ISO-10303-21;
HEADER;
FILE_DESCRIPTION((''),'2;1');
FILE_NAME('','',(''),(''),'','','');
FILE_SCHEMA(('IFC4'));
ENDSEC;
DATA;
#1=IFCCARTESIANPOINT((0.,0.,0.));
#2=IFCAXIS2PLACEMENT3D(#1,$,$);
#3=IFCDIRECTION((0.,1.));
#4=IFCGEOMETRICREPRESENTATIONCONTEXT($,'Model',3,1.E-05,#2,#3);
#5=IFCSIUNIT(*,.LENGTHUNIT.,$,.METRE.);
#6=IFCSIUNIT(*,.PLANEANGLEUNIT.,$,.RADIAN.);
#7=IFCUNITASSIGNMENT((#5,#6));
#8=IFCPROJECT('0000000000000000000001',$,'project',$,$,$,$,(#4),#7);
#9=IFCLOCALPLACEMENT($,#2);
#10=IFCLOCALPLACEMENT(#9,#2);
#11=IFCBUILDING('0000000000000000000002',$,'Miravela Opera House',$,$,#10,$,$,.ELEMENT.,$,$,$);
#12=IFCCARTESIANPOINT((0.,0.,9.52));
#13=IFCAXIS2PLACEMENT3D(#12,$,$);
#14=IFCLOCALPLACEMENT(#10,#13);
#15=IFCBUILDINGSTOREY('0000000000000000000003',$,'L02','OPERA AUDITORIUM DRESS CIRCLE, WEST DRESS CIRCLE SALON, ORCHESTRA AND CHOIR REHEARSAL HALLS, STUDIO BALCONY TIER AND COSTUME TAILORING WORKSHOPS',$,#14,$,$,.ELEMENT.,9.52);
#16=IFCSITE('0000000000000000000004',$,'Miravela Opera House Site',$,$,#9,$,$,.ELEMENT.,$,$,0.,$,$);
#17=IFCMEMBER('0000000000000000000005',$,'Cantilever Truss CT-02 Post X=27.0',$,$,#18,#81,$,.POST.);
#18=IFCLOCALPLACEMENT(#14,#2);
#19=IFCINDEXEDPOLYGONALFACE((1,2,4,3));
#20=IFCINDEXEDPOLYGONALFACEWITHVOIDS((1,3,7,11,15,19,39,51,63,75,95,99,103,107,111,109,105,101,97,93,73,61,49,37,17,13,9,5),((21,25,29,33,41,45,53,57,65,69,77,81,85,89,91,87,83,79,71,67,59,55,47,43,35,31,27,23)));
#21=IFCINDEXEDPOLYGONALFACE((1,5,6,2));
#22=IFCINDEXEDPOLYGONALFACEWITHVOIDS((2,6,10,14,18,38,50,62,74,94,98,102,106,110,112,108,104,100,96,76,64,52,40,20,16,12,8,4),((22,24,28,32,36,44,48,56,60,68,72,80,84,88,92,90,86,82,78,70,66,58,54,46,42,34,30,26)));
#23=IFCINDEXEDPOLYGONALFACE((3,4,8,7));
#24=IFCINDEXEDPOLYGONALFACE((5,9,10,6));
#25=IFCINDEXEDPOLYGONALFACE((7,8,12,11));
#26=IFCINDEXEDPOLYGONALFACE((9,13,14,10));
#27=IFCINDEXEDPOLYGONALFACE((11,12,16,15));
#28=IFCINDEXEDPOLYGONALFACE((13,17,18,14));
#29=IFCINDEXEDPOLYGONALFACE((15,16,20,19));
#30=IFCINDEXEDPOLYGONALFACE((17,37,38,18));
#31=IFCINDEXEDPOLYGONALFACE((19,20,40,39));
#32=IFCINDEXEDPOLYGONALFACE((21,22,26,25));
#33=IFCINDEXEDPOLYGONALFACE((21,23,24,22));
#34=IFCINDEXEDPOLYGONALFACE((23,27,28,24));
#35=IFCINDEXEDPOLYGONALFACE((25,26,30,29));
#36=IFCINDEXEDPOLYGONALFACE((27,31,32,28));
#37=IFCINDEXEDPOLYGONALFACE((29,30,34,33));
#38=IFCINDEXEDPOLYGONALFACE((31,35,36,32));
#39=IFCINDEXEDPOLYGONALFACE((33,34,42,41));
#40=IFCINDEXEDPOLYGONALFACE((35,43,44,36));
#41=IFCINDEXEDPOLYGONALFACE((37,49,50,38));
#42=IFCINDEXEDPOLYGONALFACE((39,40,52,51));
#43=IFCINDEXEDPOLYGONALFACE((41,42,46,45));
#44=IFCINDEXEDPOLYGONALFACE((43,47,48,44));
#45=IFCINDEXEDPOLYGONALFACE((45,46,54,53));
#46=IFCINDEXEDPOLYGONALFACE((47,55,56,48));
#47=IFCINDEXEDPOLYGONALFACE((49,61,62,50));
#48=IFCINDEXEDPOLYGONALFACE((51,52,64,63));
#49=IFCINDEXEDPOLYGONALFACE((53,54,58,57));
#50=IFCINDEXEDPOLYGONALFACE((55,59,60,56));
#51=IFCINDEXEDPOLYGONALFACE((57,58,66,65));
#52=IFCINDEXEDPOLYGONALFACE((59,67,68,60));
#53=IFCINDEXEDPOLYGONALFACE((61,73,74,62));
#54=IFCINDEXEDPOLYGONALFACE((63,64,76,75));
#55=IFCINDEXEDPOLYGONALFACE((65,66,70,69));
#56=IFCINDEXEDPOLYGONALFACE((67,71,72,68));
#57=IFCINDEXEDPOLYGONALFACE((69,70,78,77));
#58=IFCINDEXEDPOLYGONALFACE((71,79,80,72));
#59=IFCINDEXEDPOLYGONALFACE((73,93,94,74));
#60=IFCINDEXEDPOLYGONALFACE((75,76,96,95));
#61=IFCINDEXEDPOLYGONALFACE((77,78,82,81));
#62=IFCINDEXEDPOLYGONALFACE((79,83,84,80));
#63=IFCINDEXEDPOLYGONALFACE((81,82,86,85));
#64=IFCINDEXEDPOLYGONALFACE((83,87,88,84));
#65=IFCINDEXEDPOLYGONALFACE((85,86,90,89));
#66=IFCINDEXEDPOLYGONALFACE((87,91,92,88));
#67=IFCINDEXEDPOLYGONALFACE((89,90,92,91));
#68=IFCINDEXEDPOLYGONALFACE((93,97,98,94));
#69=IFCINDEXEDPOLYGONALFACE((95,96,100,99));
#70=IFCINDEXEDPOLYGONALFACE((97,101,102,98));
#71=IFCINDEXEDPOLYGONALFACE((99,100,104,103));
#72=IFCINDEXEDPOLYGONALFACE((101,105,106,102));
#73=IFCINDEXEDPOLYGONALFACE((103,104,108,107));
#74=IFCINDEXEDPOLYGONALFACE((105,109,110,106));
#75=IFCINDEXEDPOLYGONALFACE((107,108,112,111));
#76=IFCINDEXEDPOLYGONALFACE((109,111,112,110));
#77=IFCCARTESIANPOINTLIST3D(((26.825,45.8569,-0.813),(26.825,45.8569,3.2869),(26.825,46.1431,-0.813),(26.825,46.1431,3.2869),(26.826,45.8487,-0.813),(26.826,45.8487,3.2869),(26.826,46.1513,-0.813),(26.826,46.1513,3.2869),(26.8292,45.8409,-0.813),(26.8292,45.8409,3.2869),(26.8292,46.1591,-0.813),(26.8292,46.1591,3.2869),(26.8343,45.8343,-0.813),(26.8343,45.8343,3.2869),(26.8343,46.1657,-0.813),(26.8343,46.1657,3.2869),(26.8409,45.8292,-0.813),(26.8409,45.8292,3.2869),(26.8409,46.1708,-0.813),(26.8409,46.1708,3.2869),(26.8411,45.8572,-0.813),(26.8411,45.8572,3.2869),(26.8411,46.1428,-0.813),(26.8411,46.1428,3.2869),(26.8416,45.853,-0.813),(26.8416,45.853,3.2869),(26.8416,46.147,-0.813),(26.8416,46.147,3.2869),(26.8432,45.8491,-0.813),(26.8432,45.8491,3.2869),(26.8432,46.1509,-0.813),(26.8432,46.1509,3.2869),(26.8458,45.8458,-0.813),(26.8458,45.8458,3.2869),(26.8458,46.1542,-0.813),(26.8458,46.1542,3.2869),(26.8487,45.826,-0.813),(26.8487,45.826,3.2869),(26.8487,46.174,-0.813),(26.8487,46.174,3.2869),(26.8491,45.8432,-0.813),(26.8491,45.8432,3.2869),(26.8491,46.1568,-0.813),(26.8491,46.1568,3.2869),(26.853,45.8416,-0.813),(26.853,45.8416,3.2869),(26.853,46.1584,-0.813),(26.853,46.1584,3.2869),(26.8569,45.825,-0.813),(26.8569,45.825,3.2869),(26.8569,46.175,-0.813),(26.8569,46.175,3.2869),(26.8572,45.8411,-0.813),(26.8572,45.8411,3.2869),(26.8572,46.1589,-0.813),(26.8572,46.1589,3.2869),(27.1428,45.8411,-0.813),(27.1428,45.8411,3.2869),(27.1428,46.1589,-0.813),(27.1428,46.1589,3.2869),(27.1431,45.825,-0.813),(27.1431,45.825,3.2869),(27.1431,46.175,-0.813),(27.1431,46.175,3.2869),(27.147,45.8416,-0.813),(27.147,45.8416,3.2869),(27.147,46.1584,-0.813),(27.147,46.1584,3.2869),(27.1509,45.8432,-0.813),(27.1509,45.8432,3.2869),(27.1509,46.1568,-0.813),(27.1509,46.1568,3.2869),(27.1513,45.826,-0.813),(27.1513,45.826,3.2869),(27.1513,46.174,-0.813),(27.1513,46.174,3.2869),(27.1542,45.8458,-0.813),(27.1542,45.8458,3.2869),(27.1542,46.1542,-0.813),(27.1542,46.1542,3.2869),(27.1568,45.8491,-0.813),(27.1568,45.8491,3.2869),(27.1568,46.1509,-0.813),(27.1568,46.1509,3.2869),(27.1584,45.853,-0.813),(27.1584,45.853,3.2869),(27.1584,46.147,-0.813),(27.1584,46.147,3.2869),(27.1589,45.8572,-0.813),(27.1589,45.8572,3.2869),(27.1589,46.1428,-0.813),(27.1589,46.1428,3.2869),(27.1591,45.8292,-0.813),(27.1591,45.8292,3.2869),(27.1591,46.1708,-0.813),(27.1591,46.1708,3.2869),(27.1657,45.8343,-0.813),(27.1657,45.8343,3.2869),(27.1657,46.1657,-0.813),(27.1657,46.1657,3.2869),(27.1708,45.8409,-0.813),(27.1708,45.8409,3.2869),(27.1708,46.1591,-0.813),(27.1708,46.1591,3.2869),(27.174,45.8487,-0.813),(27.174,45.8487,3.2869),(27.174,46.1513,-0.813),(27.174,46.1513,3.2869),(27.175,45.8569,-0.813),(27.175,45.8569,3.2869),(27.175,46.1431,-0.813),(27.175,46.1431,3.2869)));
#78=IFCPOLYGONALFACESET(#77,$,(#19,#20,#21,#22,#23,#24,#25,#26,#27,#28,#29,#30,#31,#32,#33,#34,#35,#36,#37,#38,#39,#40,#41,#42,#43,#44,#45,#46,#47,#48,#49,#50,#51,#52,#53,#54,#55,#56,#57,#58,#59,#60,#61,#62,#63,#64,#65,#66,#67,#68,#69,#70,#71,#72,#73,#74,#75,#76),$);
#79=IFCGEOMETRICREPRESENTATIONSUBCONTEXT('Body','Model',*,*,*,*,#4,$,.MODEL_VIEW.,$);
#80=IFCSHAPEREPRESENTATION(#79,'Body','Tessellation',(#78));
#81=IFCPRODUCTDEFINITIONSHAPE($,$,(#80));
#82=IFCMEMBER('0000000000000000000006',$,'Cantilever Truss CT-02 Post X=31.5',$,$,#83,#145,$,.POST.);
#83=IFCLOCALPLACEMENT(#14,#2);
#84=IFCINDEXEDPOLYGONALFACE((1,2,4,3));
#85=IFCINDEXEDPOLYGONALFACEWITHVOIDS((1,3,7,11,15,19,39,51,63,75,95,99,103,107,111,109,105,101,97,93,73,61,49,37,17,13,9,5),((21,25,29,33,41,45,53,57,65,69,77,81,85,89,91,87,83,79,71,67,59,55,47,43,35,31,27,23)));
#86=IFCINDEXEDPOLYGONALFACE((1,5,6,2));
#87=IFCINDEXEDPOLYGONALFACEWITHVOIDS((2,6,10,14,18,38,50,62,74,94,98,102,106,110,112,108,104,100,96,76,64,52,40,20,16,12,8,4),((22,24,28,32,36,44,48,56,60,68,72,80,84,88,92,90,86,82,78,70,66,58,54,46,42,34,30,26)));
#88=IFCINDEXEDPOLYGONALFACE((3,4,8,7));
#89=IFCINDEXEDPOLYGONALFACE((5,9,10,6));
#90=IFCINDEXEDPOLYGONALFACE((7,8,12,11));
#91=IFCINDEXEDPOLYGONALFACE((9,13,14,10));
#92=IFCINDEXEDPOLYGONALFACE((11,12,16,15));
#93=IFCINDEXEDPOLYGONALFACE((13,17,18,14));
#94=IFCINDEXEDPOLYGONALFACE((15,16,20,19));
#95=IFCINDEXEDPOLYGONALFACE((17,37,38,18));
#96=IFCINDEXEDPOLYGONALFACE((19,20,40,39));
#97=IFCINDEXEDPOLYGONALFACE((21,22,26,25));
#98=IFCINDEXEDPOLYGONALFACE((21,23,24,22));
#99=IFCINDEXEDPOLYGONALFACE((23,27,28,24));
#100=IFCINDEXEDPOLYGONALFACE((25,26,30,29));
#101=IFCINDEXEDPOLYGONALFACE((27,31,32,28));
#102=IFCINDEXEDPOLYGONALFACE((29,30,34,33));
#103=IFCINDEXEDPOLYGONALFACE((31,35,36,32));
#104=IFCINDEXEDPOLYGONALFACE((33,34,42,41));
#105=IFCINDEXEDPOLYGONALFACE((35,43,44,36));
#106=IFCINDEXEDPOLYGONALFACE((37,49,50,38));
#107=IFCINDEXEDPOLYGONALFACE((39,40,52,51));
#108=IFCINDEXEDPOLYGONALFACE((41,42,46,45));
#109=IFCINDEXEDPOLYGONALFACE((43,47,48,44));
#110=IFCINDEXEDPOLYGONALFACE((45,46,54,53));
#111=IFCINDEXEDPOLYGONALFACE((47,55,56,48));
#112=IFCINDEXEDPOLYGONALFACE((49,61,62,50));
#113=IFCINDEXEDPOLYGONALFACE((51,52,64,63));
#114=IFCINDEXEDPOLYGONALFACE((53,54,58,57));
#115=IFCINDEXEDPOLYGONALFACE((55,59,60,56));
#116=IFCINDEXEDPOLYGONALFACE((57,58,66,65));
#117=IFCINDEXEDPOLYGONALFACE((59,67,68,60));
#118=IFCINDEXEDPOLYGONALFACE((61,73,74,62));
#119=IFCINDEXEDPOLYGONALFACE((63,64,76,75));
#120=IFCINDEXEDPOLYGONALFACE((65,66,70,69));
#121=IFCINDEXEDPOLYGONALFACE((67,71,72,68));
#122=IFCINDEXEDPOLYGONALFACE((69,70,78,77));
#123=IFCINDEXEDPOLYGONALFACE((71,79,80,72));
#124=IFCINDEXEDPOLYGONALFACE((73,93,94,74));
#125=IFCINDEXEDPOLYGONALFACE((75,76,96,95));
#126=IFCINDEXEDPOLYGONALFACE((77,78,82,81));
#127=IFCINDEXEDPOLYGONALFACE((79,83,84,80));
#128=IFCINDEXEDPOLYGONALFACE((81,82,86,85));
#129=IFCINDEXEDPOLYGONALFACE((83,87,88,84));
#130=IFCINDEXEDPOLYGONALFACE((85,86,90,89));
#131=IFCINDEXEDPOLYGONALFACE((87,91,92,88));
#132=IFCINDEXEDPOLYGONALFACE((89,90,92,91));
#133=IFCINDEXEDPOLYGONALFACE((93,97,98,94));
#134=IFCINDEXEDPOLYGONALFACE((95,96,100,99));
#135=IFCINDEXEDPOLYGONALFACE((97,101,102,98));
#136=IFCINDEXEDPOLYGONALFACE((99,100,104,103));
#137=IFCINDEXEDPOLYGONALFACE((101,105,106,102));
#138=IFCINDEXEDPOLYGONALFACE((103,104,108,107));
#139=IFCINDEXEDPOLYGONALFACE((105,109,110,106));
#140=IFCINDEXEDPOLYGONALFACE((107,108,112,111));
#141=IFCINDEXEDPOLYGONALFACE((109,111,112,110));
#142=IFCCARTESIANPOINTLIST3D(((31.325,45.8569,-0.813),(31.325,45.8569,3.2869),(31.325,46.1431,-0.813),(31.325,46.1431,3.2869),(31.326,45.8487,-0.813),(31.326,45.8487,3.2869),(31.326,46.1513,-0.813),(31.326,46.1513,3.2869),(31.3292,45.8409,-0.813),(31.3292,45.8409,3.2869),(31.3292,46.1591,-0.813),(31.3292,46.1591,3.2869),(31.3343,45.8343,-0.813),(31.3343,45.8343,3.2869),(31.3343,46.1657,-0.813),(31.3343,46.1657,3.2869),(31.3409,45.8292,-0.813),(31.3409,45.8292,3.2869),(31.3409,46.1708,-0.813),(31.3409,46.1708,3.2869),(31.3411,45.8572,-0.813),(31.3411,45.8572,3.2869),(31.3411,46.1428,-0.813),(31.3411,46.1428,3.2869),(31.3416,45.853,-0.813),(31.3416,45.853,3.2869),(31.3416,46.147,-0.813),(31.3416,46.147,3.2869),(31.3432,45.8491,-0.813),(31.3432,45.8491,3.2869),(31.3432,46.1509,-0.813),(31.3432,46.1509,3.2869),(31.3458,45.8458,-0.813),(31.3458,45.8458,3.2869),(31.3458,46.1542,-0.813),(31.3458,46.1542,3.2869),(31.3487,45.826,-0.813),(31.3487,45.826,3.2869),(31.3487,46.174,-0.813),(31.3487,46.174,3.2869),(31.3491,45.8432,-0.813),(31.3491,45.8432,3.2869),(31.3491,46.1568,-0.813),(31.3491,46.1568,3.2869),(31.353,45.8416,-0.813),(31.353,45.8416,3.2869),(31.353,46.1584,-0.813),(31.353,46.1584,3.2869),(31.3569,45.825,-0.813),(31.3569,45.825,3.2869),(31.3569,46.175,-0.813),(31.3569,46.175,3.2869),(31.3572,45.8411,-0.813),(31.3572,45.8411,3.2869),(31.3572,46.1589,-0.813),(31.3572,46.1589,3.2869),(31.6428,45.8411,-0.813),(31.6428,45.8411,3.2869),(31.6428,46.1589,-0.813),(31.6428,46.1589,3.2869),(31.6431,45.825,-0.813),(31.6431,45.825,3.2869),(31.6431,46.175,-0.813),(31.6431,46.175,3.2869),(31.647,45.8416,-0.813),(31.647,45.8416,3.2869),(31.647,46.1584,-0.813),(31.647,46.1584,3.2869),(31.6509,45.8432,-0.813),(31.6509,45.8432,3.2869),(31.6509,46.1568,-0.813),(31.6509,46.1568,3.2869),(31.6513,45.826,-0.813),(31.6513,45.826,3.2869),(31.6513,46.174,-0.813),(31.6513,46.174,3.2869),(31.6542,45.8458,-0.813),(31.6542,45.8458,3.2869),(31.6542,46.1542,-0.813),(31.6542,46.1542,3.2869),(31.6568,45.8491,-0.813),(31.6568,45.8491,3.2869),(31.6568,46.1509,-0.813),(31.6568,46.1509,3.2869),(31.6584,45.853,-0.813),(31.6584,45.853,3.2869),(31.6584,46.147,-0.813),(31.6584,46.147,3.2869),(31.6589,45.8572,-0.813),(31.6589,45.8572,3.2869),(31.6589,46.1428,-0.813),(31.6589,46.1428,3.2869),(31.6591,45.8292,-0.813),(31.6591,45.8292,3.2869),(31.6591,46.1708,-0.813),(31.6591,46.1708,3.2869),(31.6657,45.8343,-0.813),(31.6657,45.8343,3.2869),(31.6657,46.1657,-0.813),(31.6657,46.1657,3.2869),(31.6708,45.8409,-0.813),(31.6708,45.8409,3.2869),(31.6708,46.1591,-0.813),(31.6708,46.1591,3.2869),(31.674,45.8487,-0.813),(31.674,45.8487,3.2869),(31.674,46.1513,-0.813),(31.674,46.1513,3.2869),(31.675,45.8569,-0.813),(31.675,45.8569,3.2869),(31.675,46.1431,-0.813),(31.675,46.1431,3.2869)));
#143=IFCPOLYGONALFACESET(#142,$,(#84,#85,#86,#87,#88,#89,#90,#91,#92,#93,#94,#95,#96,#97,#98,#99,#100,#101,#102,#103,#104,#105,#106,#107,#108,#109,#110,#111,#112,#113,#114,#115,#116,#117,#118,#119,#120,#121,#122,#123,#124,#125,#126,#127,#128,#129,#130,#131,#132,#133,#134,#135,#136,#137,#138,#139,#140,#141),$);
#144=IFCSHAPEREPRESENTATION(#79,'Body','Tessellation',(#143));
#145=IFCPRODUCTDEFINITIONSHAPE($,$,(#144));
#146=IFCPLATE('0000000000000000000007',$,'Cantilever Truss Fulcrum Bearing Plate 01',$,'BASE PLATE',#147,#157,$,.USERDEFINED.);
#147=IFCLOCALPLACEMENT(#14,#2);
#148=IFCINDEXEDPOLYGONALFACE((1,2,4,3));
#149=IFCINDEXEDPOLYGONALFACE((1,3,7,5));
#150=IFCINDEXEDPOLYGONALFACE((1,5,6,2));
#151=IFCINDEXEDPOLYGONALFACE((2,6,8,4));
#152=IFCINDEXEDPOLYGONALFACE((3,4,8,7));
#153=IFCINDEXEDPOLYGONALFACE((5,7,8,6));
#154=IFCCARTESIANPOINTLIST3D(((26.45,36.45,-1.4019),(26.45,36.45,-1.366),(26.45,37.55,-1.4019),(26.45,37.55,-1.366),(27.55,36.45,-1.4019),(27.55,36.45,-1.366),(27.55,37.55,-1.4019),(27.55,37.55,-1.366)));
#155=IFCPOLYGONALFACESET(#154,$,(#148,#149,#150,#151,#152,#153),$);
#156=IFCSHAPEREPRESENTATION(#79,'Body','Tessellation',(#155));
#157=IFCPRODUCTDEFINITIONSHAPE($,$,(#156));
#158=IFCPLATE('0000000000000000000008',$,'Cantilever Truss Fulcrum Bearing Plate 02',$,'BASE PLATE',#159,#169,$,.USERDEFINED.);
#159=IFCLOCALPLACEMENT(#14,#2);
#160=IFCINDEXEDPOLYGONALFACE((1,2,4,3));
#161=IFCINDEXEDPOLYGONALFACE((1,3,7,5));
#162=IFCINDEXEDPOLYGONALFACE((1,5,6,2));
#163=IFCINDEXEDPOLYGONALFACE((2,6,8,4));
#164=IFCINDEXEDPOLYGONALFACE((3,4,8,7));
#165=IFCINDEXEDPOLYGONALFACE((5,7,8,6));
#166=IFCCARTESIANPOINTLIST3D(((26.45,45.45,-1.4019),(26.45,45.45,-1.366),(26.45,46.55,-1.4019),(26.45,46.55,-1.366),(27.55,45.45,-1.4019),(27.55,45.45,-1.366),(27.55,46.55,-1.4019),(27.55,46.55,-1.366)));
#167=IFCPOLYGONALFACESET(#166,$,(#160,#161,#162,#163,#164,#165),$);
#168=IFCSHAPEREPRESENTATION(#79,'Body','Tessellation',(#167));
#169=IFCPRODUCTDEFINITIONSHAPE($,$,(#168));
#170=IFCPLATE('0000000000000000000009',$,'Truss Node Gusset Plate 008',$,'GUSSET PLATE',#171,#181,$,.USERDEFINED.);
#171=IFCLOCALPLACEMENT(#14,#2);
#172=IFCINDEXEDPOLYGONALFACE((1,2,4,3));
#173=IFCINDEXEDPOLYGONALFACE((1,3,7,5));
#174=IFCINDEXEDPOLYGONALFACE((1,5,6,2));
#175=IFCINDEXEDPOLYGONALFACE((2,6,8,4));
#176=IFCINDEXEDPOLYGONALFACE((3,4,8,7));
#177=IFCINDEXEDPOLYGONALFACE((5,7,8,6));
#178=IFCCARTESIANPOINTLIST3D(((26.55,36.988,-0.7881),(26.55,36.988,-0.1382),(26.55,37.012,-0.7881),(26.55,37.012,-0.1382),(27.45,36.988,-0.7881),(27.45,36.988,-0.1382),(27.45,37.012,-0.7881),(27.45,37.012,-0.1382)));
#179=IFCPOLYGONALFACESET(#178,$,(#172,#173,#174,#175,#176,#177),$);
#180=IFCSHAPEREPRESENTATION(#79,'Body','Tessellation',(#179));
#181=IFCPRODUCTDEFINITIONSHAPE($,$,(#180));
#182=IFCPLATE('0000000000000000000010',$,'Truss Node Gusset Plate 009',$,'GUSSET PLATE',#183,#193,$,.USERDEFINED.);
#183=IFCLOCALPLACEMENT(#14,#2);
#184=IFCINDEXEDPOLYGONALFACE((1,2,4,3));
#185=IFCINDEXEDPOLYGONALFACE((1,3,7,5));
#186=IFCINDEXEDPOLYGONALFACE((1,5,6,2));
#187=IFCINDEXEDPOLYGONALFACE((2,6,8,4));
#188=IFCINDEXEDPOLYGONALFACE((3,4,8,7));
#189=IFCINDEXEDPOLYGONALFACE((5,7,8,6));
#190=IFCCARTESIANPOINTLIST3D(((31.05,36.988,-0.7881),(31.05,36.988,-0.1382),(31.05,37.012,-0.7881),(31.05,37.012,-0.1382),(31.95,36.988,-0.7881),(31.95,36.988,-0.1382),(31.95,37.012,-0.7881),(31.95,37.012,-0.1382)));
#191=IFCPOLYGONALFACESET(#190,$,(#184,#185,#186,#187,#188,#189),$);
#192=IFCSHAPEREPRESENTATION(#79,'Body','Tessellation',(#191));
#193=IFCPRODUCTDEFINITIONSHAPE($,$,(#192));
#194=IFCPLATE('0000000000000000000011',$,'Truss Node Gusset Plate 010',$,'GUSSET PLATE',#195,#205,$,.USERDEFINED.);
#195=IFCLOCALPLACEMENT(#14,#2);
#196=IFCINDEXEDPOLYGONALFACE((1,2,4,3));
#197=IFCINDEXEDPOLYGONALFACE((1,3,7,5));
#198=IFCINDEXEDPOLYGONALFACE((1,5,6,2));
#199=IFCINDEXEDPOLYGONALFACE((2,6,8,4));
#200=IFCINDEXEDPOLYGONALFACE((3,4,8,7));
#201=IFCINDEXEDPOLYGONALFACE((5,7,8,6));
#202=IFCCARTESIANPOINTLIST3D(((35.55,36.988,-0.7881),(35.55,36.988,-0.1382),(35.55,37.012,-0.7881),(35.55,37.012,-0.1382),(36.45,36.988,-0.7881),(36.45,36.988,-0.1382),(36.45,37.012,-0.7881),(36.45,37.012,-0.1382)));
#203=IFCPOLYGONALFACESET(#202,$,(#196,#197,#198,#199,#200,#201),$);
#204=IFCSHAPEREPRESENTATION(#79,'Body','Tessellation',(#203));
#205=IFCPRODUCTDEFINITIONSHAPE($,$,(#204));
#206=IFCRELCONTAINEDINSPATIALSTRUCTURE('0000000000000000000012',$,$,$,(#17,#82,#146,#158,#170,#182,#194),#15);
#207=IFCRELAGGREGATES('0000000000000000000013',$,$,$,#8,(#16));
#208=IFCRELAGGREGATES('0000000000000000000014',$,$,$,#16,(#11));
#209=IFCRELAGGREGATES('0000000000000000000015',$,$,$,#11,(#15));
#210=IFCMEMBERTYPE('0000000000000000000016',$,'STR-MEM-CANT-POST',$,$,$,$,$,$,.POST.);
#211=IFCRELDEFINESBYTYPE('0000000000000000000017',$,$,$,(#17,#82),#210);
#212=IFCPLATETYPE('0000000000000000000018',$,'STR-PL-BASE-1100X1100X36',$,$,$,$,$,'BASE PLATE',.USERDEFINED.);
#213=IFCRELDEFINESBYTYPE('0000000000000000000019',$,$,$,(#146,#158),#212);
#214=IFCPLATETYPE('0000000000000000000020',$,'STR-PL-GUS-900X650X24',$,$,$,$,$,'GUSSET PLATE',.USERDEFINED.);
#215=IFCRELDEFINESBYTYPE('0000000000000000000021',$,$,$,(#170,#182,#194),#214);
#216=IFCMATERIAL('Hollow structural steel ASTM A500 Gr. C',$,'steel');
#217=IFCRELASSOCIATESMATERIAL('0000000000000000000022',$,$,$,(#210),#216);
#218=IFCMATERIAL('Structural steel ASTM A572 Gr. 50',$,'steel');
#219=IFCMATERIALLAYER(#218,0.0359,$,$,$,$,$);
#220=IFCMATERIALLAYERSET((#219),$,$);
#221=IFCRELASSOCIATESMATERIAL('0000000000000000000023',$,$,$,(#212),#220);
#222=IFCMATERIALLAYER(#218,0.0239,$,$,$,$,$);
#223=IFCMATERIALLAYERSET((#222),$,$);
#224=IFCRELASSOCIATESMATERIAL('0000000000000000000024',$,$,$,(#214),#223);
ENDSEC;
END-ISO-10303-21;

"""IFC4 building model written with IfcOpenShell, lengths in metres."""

from ifc_helpers import new_model, si_unit, direction, frame, origin, origin_2d, place, context, subcontext, project, spatial, rectangle, hollow_rectangle, extrude, material, layer, layer_set, material_profile, profile_set, type_object, element, save


model = new_model("IFC4")

# Units and contexts
model_context = context("Model", 3, precision=1e-05, world=origin(), true_north=direction((0.0, 1.0)))
body_context = subcontext(model_context, "Body", "Model", "MODEL_VIEW")
ifc_project = project(units=[si_unit("LENGTHUNIT", "METRE"), si_unit("PLANEANGLEUNIT", "RADIAN")], contexts=[model_context])

# Site, building, storey
site_placement = place(None, origin())
site = spatial("IfcSite", under=ifc_project, at=site_placement, Name="Miravela Opera House Site", CompositionType="ELEMENT", RefElevation=0.0)
building_placement = place(site_placement, origin())
building = spatial("IfcBuilding", under=site, at=building_placement, Name="Miravela Opera House", CompositionType="ELEMENT")
storey_placement = place(building_placement, frame((0.0, 0.0, 9.52)))
storey = spatial("IfcBuildingStorey", under=building, at=storey_placement, Name="L02", Description="OPERA AUDITORIUM DRESS CIRCLE, WEST DRESS CIRCLE SALON, ORCHESTRA AND CHOIR REHEARSAL HALLS, STUDIO BALCONY TIER AND COSTUME TAILORING WORKSHOPS", CompositionType="ELEMENT", Elevation=9.52)

# Members
ifc_material_1 = material(Name="Hollow structural steel ASTM A500 Gr. C", Category="steel")
ifc_material_profile_1 = material_profile(ifc_material_1, hollow_rectangle(XDim=0.3501, YDim=0.3501, WallThickness=0.0161, InnerFilletRadius=0.0161, OuterFilletRadius=0.032, at=origin_2d()), Name="HSS350X350X16")
ifc_profile_set_1 = profile_set([ifc_material_profile_1])
member_type_1 = type_object("IfcMemberType", Name="STR-MEM-CANT-POST", PredefinedType="POST", material=ifc_profile_set_1)
for number, where, z_axis, x_axis, name in (
    (1, (27.0, 46.0, -0.813), (0.0, 0.0, 1.0), (1.0, 0.0, 0.0), "Cantilever Truss CT-02 Post X=27.0"),
    (2, (31.5, 46.0, -0.813), (0.0, 0.0, 1.0), (1.0, 0.0, 0.0), "Cantilever Truss CT-02 Post X=31.5"),
):
    element("IfcMember", number, at=place(storey_placement, frame(where, z_axis=z_axis, x_axis=x_axis)), inside=storey, type_object=member_type_1, Name=name, PredefinedType="POST", context=body_context, shape_type="SweptSolid", body=[
        extrude(hollow_rectangle(XDim=0.3501, YDim=0.3501, WallThickness=0.0161, InnerFilletRadius=0.0161, OuterFilletRadius=0.032, at=origin_2d()), origin(), (0.0, 0.0, 1.0), 4.0999),
    ])

# Plates
ifc_material_2 = material(Name="Structural steel ASTM A572 Gr. 50", Category="steel")
ifc_layer_1 = layer(ifc_material_2, 0.0359)
ifc_layer_set_1 = layer_set([ifc_layer_1])
plate_type_1 = type_object("IfcPlateType", Name="STR-PL-BASE-1100X1100X36", ElementType="BASE PLATE", PredefinedType="USERDEFINED", material=ifc_layer_set_1)
for number, where, z_axis, x_axis, name in (
    (3, (27.0, 37.0, -1.4019), (0.0, 0.0, 1.0), (1.0, 0.0, 0.0), "Cantilever Truss Fulcrum Bearing Plate 01"),
    (4, (27.0, 46.0, -1.4019), (0.0, 0.0, 1.0), (1.0, 0.0, 0.0), "Cantilever Truss Fulcrum Bearing Plate 02"),
):
    element("IfcPlate", number, at=place(storey_placement, frame(where, z_axis=z_axis, x_axis=x_axis)), inside=storey, type_object=plate_type_1, Name=name, ObjectType="BASE PLATE", PredefinedType="USERDEFINED", context=body_context, shape_type="SweptSolid", body=[
        extrude(rectangle(XDim=1.1001, YDim=1.1001, at=origin_2d()), origin(), (0.0, 0.0, 1.0), 0.0359),
    ])
ifc_layer_2 = layer(ifc_material_2, 0.0239)
ifc_layer_set_2 = layer_set([ifc_layer_2])
plate_type_2 = type_object("IfcPlateType", Name="STR-PL-GUS-900X650X24", ElementType="GUSSET PLATE", PredefinedType="USERDEFINED", material=ifc_layer_set_2)
for number, where, z_axis, x_axis, name in (
    (5, (27.0, 37.0, -0.7881), (0.0, 0.0, 1.0), (1.0, 0.0, 0.0), "Truss Node Gusset Plate 008"),
    (6, (31.5, 37.0, -0.7881), (0.0, 0.0, 1.0), (1.0, 0.0, 0.0), "Truss Node Gusset Plate 009"),
    (7, (36.0, 37.0, -0.7881), (0.0, 0.0, 1.0), (1.0, 0.0, 0.0), "Truss Node Gusset Plate 010"),
):
    element("IfcPlate", number, at=place(storey_placement, frame(where, z_axis=z_axis, x_axis=x_axis)), inside=storey, type_object=plate_type_2, Name=name, ObjectType="GUSSET PLATE", PredefinedType="USERDEFINED", context=body_context, shape_type="SweptSolid", body=[
        extrude(rectangle(XDim=0.8999, YDim=0.0239, at=origin_2d()), origin(), (0.0, 0.0, 1.0), 0.6499),
    ])

save(model, "model.ifc")
